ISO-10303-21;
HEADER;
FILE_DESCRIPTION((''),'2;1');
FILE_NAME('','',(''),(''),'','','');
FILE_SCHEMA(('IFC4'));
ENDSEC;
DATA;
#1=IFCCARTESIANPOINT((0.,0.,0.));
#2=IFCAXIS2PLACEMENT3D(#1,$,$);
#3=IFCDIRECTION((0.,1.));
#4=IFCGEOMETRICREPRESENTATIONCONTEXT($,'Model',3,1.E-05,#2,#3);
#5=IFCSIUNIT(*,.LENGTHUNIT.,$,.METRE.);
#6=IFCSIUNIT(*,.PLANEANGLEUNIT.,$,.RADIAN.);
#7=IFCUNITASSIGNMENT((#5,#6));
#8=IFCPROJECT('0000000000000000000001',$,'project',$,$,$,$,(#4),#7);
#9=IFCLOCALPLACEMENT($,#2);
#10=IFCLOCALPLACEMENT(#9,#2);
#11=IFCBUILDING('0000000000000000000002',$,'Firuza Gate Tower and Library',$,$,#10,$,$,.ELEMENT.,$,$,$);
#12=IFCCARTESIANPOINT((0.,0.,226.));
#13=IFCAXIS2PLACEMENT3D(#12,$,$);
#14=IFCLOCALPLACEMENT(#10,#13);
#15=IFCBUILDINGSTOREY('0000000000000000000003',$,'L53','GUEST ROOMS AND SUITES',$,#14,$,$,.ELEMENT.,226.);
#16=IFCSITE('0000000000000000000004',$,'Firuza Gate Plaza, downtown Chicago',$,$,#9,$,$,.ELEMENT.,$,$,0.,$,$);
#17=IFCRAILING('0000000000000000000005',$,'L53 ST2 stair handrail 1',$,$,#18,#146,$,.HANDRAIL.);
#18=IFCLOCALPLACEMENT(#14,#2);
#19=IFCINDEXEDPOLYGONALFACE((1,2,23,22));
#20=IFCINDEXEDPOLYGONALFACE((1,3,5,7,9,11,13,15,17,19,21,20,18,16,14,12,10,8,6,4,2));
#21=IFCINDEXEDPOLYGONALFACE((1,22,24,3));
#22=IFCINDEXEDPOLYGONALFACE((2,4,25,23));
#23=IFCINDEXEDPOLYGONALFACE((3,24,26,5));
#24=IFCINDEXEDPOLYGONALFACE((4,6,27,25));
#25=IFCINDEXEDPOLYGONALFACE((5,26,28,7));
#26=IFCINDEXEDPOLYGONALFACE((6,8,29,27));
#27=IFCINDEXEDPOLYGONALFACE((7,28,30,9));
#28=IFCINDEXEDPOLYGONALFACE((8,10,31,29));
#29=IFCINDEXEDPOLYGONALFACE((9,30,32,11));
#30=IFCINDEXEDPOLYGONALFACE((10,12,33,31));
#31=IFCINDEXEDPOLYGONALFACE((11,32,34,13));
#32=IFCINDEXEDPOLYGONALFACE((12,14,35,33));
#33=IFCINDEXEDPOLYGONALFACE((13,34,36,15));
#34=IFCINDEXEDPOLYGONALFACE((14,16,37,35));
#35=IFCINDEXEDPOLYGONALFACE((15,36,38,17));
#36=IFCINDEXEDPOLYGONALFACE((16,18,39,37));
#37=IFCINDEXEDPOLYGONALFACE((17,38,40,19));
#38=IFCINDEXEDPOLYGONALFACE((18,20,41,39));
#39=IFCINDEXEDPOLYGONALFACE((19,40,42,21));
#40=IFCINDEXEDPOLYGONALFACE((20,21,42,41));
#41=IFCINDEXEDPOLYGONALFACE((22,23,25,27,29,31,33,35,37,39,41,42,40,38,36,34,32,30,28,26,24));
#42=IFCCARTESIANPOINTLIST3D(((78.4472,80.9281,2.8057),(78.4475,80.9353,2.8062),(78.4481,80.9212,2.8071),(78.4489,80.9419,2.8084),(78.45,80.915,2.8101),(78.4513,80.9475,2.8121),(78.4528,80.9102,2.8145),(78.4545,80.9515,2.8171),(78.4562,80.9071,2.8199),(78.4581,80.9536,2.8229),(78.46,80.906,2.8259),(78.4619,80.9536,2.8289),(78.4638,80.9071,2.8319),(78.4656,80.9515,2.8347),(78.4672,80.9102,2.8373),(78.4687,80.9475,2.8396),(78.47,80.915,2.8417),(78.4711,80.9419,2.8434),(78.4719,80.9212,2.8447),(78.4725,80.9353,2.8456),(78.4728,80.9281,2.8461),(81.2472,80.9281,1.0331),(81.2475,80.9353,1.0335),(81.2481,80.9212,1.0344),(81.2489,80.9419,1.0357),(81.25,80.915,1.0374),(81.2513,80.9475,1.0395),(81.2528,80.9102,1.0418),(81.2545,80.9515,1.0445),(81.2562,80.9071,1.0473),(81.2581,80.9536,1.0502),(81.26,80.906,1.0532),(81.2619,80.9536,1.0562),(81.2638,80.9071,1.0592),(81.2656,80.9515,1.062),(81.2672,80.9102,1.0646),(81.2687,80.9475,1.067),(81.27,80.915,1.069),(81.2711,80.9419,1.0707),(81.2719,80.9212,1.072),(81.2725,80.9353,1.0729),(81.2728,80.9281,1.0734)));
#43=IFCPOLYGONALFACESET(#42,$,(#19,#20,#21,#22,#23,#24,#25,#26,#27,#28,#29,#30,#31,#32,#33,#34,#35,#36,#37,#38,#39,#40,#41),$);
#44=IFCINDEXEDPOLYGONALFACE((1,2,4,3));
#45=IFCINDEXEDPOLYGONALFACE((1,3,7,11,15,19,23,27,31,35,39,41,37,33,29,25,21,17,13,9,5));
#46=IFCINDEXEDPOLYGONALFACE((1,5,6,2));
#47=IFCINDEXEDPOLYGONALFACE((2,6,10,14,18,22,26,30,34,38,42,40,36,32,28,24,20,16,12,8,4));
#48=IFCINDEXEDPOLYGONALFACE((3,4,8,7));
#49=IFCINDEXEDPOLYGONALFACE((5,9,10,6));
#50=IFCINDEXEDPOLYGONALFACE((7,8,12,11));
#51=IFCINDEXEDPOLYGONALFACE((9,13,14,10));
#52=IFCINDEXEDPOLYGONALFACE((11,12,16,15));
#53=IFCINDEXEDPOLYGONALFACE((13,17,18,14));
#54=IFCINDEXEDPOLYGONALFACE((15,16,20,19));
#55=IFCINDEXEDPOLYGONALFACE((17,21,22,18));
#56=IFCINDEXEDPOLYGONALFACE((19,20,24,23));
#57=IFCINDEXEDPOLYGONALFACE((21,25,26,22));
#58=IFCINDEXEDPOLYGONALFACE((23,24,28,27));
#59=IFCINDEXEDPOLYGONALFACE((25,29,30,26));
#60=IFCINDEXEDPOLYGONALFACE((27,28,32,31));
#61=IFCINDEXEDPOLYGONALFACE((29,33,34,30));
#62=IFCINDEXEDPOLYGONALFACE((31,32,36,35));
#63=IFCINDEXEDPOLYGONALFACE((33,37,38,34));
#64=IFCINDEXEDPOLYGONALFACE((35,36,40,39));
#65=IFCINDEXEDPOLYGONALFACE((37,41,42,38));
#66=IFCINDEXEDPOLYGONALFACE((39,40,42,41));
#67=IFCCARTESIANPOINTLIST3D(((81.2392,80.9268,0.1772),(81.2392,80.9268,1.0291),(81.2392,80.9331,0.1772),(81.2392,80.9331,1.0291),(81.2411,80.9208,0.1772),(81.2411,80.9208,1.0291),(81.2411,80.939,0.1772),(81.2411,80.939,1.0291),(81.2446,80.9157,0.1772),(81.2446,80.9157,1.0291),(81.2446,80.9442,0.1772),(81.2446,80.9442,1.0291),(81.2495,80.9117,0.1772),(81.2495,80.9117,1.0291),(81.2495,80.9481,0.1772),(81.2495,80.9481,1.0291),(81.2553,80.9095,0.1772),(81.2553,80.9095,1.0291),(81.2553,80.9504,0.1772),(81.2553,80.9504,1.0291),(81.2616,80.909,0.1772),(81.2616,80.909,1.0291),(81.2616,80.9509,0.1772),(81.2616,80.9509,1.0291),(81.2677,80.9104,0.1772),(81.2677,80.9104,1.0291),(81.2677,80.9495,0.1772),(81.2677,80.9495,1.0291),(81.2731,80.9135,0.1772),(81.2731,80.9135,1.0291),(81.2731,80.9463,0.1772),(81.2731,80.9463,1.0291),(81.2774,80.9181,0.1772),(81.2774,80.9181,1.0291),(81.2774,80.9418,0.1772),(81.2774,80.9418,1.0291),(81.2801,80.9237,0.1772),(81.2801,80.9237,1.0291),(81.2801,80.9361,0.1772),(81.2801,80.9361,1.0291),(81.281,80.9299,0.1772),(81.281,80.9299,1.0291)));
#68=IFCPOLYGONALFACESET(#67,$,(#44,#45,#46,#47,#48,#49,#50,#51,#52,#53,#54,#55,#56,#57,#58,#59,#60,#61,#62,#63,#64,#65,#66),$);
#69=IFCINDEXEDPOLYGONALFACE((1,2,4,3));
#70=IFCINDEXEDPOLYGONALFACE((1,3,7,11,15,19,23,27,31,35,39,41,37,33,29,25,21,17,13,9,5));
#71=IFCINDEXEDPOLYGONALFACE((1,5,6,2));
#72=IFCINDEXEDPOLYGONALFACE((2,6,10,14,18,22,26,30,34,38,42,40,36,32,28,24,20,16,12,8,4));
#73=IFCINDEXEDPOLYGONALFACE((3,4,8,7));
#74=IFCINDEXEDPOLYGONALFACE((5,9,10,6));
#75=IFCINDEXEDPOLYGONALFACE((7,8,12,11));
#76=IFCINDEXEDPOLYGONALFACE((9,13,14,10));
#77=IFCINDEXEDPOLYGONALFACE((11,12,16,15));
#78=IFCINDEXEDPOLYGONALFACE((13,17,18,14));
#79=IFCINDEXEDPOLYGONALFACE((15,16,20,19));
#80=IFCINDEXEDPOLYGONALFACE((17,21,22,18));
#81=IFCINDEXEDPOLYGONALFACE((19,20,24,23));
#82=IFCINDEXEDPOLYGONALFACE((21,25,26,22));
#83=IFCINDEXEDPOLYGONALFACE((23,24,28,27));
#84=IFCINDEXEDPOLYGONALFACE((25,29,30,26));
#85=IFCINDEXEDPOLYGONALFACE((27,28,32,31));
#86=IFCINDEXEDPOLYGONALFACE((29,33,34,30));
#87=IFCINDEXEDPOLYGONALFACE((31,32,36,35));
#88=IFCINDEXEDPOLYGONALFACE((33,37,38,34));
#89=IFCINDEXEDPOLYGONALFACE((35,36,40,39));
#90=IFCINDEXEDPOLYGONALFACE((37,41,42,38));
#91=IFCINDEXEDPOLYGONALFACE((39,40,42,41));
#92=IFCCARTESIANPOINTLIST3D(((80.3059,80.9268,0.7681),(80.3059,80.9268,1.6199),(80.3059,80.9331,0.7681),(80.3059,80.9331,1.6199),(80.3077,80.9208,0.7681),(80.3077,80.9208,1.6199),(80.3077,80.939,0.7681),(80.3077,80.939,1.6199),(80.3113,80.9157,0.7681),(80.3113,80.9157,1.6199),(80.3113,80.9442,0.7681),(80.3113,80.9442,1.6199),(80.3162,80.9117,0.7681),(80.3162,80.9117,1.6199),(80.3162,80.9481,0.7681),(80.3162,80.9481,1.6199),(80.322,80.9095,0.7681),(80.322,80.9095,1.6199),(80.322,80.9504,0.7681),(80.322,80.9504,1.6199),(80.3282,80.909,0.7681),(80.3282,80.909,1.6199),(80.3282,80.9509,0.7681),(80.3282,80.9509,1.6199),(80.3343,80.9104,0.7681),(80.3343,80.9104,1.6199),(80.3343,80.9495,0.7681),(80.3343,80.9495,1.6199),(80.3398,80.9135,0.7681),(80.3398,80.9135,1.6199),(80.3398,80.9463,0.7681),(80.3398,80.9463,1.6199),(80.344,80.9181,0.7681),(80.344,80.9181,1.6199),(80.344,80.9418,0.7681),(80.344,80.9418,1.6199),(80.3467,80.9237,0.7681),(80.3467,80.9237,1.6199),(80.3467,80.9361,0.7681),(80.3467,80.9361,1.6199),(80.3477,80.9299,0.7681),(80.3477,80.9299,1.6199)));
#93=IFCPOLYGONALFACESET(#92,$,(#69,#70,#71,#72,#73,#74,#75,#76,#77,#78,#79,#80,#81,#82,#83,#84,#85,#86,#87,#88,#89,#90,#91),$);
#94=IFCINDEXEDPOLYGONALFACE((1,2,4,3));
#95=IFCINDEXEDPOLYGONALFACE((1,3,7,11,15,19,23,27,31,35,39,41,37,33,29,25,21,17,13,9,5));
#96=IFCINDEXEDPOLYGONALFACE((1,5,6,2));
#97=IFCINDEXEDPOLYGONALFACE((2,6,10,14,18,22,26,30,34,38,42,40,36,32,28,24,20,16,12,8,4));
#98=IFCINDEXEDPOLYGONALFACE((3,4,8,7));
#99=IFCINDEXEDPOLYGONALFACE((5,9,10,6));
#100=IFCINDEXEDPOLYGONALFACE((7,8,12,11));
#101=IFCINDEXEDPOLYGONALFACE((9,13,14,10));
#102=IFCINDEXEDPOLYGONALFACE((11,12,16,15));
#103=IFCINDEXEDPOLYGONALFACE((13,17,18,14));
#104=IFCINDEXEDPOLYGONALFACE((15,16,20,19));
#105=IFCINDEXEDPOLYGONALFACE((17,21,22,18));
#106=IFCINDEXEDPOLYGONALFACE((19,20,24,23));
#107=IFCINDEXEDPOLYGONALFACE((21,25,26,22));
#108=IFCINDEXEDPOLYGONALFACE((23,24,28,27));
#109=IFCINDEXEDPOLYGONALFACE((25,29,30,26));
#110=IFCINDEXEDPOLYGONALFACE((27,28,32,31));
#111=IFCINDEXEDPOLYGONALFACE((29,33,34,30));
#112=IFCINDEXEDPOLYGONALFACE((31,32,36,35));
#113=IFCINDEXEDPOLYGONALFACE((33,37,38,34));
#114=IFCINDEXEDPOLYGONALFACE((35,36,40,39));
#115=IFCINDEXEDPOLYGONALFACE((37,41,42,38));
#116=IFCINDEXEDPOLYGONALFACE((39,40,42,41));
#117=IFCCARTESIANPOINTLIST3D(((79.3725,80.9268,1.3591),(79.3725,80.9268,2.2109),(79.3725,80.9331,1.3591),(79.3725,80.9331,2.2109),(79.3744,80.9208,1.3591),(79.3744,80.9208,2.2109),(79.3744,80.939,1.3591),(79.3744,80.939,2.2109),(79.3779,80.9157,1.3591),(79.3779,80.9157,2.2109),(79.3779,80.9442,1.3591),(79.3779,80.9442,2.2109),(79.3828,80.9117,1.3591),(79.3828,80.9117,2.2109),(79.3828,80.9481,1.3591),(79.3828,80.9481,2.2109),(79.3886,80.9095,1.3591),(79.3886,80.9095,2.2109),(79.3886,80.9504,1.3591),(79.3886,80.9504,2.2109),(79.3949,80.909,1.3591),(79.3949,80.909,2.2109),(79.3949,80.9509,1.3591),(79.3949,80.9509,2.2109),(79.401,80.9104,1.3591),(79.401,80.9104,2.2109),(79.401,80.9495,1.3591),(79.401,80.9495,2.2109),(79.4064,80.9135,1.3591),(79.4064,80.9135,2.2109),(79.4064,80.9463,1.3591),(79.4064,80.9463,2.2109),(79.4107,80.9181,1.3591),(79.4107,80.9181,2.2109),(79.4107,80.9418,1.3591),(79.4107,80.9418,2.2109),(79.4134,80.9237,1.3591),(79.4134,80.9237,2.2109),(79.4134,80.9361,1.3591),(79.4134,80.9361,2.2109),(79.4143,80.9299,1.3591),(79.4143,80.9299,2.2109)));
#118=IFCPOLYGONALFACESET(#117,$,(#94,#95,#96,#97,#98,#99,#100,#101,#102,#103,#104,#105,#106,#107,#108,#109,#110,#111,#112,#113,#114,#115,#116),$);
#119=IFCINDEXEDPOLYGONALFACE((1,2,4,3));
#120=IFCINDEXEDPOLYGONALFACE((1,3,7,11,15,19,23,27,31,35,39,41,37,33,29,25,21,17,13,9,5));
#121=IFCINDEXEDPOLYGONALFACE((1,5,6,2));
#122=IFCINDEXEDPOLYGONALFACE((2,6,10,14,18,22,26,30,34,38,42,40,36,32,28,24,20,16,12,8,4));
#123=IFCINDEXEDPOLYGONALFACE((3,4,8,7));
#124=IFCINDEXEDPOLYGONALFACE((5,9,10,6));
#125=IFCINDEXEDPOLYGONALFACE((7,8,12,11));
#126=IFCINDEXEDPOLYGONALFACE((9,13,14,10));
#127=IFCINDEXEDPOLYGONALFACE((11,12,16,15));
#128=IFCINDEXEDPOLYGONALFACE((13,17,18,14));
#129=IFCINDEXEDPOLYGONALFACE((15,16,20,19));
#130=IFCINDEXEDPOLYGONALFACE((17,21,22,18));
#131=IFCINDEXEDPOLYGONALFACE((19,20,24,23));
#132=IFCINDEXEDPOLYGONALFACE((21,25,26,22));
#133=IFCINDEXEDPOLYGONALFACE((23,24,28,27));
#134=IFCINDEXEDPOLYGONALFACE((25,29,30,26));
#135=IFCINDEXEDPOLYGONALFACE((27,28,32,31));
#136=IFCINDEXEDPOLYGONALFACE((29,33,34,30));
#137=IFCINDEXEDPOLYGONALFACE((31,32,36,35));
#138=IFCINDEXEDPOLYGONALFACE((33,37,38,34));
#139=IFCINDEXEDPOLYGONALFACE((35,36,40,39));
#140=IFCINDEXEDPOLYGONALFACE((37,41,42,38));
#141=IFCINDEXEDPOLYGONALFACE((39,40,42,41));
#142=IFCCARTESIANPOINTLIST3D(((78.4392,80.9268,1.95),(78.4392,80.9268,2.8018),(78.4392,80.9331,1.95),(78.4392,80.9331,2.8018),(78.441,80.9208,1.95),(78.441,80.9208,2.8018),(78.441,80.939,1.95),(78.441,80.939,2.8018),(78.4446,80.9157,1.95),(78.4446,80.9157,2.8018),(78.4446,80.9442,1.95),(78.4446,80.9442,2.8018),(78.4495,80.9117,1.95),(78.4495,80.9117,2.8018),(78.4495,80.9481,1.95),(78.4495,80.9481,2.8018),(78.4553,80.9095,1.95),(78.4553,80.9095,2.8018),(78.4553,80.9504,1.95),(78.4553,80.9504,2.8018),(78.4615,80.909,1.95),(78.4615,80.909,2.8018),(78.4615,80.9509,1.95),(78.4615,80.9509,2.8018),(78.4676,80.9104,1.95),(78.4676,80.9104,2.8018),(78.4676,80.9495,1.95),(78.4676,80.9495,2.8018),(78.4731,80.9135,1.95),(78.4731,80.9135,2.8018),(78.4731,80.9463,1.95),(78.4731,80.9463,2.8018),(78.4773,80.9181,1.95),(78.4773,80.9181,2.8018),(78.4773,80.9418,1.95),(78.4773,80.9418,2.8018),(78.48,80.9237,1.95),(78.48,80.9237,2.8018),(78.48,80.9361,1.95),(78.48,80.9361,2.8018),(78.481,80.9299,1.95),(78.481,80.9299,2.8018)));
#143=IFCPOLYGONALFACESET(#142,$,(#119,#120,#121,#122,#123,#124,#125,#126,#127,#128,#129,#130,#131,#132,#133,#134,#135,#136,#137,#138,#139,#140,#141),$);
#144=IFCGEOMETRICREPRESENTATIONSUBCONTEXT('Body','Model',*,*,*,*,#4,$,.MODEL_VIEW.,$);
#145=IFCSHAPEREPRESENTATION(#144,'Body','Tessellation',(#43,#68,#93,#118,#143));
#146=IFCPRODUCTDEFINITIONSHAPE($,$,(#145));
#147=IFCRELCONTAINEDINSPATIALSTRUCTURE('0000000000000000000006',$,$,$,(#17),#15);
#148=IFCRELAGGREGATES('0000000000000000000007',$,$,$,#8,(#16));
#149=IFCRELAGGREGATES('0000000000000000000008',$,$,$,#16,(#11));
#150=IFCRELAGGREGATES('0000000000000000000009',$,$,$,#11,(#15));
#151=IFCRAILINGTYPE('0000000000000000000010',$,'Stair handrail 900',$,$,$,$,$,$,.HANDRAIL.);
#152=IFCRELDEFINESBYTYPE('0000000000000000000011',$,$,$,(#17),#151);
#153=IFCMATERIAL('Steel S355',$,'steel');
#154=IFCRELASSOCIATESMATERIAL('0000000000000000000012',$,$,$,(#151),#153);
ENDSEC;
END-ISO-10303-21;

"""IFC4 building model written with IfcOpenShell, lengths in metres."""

from ifc_helpers import new_model, si_unit, direction, frame, origin, origin_2d, place, context, subcontext, project, spatial, circle, extrude, material, type_object, element, save


model = new_model("IFC4")

# Units and contexts
model_context = context("Model", 3, precision=1e-05, world=origin(), true_north=direction((0.0, 1.0)))
body_context = subcontext(model_context, "Body", "Model", "MODEL_VIEW")
ifc_project = project(units=[si_unit("LENGTHUNIT", "METRE"), si_unit("PLANEANGLEUNIT", "RADIAN")], contexts=[model_context])

# Site, building, storey
site_placement = place(None, origin())
site = spatial("IfcSite", under=ifc_project, at=site_placement, Name="Firuza Gate Plaza, downtown Chicago", CompositionType="ELEMENT", RefElevation=0.0)
building_placement = place(site_placement, origin())
building = spatial("IfcBuilding", under=site, at=building_placement, Name="Firuza Gate Tower and Library", CompositionType="ELEMENT")
storey_placement = place(building_placement, frame((0.0, 0.0, 226.0)))
storey = spatial("IfcBuildingStorey", under=building, at=storey_placement, Name="L53", Description="GUEST ROOMS AND SUITES", CompositionType="ELEMENT", Elevation=226.0)

# Railing
ifc_material_1 = material(Name="Steel S355", Category="steel")
railing_type_1 = type_object("IfcRailingType", Name="Stair handrail 900", PredefinedType="HANDRAIL", material=ifc_material_1)
railing_1_placement = place(storey_placement, frame((81.26, 80.9299, 0.1772)))
element("IfcRailing", 1, at=railing_1_placement, inside=storey, type_object=railing_type_1, Name="L53 ST2 stair handrail 1", PredefinedType="HANDRAIL", context=body_context, shape_type="SweptSolid", body=[
    extrude(circle(Radius=0.0239, at=origin_2d()), frame((0.0, 0.0, 0.876), z_axis=(-0.844909, 0.0, 0.53491), x_axis=(0.0, -1.0, 0.0)), (0.0, 0.0, 1.0), 3.314),
    extrude(circle(Radius=0.021, at=origin_2d()), origin(), (0.0, 0.0, 1.0), 0.8518),
    extrude(circle(Radius=0.021, at=origin_2d()), frame((-0.9333, 0.0, 0.5908)), (0.0, 0.0, 1.0), 0.8518),
    extrude(circle(Radius=0.021, at=origin_2d()), frame((-1.8667, 0.0, 1.1819)), (0.0, 0.0, 1.0), 0.8518),
    extrude(circle(Radius=0.021, at=origin_2d()), frame((-2.8, 0.0, 1.7727)), (0.0, 0.0, 1.0), 0.8518),
])

save(model, "model.ifc")
